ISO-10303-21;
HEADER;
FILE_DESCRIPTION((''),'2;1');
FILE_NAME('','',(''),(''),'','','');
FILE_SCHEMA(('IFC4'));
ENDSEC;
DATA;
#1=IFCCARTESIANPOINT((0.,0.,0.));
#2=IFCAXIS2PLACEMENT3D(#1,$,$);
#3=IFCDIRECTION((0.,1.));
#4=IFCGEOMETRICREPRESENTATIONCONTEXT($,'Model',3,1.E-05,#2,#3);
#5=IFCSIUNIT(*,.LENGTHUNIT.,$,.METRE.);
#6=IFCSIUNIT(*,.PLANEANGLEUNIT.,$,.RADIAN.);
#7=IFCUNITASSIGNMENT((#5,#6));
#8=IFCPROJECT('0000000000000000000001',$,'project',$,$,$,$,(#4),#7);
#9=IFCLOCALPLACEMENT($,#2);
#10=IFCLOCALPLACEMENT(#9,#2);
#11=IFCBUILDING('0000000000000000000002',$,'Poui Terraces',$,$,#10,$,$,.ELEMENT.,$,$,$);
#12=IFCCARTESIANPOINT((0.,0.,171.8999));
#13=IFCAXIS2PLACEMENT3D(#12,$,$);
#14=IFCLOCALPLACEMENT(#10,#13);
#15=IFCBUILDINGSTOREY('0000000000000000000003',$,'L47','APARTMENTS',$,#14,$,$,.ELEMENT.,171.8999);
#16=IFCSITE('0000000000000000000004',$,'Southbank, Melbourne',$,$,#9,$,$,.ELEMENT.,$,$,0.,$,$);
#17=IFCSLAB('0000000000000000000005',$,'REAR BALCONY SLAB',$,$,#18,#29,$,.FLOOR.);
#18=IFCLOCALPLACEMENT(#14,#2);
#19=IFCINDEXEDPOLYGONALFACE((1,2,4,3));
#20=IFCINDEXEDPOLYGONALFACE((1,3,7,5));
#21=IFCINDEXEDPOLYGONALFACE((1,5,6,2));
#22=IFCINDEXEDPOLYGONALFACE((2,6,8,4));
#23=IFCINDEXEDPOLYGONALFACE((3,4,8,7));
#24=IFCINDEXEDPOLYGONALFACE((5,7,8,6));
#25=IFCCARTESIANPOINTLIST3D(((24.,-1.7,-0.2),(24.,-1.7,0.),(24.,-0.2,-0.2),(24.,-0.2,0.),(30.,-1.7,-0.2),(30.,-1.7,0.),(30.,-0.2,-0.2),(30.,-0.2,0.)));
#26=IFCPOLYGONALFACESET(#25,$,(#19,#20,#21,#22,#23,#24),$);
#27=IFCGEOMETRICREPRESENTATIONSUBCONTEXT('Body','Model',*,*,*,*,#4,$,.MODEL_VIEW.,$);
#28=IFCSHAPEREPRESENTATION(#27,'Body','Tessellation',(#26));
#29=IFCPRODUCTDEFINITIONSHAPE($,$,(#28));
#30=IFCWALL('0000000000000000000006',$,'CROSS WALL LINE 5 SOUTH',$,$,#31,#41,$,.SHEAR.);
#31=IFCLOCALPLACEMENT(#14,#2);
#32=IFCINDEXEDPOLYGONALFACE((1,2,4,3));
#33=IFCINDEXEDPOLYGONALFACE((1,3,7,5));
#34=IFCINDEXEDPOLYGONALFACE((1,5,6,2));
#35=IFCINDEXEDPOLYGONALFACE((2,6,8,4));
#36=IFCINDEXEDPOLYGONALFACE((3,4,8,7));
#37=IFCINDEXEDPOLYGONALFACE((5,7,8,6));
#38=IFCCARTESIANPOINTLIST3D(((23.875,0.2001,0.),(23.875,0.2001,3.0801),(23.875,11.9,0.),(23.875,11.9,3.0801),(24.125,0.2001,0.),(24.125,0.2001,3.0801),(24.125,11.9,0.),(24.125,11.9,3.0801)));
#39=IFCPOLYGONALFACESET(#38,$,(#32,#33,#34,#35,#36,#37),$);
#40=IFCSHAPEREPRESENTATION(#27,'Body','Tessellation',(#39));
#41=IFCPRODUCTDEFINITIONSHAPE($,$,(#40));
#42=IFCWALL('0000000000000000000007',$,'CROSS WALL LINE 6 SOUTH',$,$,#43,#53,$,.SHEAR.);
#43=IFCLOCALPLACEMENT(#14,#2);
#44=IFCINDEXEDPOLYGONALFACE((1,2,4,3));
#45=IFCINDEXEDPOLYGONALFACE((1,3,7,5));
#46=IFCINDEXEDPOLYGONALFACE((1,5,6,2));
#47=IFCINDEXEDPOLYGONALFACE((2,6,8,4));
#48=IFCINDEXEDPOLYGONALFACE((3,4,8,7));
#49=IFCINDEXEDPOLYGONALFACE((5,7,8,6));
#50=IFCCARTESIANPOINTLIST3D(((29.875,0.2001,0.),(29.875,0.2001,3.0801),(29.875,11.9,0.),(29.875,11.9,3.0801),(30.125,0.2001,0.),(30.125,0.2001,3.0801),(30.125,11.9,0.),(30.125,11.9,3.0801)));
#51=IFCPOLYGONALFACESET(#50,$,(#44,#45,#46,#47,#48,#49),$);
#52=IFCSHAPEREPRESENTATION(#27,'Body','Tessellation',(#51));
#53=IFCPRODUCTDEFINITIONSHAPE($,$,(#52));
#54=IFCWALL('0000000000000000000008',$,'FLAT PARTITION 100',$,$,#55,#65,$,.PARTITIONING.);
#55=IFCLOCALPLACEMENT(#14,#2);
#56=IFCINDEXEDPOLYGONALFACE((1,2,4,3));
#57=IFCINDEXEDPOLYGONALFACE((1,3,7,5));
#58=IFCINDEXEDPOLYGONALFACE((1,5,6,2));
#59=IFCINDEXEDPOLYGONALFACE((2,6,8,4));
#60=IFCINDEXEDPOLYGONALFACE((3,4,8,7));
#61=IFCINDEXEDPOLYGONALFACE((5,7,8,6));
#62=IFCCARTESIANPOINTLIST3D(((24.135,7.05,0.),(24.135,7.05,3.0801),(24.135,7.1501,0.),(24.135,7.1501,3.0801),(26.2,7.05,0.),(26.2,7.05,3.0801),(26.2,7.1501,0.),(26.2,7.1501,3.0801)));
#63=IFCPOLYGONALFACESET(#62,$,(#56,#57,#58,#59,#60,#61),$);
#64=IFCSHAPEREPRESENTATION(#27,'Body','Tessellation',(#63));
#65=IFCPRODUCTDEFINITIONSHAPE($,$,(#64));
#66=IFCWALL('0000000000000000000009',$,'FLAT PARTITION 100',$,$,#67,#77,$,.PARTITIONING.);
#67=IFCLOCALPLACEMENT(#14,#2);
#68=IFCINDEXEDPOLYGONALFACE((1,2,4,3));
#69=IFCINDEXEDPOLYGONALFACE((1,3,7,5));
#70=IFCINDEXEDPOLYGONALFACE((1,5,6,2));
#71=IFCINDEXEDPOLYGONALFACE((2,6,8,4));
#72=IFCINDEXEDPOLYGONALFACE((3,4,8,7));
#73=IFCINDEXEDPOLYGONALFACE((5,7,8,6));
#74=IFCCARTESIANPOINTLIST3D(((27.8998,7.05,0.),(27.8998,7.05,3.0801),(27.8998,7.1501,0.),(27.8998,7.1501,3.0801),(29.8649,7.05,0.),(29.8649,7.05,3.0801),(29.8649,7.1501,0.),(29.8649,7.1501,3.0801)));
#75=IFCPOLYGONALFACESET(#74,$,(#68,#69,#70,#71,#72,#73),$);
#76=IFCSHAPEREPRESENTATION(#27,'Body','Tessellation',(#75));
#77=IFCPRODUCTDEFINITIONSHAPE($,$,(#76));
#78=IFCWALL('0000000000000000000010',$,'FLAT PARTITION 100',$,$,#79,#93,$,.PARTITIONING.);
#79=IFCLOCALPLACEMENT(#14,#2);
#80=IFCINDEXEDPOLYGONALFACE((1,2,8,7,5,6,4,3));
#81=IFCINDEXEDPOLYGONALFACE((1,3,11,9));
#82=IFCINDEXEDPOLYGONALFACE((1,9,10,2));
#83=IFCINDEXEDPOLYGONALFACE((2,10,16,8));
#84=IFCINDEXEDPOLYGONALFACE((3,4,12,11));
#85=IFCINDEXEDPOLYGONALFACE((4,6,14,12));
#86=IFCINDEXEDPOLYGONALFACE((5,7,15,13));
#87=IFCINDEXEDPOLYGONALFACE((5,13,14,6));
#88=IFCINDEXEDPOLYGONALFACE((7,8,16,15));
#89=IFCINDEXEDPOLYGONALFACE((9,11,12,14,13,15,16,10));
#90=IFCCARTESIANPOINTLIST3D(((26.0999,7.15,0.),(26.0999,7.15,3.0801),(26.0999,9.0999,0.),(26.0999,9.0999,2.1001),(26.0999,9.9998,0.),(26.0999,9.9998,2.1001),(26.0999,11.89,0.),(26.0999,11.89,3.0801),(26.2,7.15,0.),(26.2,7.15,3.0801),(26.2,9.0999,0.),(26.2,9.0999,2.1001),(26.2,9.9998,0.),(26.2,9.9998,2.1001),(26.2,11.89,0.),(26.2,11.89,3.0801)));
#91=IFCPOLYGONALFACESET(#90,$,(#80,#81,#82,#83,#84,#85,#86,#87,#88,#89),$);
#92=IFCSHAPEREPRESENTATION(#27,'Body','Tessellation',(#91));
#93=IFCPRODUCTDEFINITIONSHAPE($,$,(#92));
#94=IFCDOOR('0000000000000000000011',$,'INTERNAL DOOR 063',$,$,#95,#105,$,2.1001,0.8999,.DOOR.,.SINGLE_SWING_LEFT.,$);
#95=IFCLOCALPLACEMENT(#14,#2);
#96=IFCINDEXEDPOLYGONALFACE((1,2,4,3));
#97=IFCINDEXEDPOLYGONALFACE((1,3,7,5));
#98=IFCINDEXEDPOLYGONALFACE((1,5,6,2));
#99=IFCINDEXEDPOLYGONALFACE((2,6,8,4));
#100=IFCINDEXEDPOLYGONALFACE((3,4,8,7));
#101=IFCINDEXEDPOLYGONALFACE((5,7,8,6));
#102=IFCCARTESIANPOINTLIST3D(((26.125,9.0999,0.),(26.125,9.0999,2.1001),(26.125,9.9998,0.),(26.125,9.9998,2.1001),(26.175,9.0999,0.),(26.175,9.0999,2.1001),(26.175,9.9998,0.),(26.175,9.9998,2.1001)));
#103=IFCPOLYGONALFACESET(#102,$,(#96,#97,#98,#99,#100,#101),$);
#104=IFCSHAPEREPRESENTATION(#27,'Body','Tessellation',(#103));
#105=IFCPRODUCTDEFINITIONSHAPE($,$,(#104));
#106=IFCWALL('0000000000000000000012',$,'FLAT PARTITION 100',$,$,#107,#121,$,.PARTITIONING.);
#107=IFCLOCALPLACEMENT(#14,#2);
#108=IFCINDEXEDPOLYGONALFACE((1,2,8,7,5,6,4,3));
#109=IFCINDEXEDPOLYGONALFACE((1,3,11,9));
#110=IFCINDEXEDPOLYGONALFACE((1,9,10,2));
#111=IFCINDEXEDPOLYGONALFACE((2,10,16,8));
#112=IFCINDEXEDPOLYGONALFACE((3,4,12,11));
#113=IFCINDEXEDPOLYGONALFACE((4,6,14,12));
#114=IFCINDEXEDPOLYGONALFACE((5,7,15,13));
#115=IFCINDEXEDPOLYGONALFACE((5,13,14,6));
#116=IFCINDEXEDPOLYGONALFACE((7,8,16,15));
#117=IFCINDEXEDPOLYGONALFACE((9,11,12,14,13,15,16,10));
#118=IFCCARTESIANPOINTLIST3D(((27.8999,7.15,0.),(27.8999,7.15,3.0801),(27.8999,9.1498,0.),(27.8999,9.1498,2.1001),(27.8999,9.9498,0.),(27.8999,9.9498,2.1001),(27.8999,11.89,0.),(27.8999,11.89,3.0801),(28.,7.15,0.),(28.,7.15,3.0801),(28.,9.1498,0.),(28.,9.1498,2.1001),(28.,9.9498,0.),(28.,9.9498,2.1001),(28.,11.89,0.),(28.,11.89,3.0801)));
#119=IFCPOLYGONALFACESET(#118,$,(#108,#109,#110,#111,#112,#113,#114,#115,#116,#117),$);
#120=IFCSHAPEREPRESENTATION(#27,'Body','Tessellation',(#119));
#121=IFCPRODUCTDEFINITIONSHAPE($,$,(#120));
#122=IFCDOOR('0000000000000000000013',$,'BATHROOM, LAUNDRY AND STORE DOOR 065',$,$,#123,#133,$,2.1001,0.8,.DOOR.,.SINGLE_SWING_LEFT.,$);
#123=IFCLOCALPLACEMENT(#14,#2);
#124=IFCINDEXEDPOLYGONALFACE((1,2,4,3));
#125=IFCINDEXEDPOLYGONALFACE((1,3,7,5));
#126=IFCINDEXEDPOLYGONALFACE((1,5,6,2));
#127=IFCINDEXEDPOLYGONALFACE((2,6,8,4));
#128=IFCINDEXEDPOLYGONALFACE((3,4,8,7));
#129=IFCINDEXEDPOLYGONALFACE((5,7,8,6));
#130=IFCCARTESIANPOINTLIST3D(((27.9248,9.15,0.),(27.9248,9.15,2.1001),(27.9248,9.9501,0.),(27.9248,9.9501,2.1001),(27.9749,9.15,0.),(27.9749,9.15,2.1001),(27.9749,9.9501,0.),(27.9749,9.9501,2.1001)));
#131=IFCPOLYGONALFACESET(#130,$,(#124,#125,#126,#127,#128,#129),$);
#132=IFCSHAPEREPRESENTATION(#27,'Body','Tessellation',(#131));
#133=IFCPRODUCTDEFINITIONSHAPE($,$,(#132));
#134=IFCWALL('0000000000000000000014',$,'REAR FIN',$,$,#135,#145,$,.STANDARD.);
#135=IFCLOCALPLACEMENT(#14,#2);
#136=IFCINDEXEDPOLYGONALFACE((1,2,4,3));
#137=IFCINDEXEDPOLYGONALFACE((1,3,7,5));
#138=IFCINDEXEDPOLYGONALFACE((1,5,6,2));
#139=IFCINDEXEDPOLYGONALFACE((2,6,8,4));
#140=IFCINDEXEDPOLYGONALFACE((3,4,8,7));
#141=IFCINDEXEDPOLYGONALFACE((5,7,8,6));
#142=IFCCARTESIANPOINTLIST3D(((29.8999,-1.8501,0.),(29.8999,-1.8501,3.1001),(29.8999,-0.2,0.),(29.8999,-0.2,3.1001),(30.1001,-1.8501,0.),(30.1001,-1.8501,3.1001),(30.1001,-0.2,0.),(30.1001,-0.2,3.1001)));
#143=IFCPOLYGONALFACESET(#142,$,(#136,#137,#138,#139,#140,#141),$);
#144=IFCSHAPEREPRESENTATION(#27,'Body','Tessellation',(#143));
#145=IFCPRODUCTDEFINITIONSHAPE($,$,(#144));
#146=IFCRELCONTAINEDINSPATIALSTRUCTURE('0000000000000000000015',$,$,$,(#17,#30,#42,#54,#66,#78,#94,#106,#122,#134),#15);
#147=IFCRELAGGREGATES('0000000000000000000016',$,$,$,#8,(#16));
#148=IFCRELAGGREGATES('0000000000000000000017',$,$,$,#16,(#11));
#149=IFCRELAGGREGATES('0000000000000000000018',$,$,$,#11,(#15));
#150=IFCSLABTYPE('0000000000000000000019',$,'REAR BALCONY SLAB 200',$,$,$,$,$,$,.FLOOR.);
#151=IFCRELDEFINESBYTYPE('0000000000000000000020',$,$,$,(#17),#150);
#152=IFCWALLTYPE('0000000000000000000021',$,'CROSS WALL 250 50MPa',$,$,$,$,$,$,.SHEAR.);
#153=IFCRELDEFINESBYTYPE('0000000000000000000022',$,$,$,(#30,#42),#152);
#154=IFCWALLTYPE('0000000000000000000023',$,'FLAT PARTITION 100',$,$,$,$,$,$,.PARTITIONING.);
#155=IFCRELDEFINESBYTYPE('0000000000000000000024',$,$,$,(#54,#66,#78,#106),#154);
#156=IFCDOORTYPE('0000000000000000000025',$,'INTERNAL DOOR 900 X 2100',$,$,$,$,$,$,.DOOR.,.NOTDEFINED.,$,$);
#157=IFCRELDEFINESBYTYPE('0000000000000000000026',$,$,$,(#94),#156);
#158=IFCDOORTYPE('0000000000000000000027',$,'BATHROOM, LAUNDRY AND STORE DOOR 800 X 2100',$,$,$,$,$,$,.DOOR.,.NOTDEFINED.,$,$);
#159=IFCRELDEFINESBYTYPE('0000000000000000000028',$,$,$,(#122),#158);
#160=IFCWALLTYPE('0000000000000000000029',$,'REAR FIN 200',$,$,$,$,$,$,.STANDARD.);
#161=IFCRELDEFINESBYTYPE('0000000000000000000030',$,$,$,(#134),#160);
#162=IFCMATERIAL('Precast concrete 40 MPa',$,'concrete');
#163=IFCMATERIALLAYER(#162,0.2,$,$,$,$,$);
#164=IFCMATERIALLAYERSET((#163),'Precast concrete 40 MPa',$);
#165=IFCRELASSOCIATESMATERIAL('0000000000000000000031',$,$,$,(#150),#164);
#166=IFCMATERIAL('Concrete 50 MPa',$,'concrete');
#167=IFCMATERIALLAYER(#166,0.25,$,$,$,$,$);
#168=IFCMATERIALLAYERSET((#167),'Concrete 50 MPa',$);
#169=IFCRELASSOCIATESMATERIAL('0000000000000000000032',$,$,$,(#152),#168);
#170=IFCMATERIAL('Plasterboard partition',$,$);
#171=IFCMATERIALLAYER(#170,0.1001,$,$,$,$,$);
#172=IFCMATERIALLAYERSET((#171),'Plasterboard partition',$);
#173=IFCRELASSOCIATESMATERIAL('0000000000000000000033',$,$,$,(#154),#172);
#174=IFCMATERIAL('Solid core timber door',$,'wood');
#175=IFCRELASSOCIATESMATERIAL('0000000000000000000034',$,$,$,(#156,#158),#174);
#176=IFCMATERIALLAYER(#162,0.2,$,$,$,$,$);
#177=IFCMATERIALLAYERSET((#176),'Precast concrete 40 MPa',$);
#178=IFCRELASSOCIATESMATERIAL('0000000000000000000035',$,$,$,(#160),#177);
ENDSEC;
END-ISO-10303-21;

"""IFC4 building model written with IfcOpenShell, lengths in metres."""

from ifc_helpers import new_model, si_unit, direction, frame, frame_2d, origin, place, context, subcontext, project, spatial, polyline, rectangle, outline, extrude, source, transform, mapped, material, layer, layer_set, type_object, element, fill, save


model = new_model("IFC4")

# Units and contexts
model_context = context("Model", 3, precision=1e-05, world=origin(), true_north=direction((0.0, 1.0)))
body_context = subcontext(model_context, "Body", "Model", "MODEL_VIEW")
ifc_project = project(units=[si_unit("LENGTHUNIT", "METRE"), si_unit("PLANEANGLEUNIT", "RADIAN")], contexts=[model_context])

# Site, building, storey
site_placement = place(None, origin())
site = spatial("IfcSite", under=ifc_project, at=site_placement, Name="Southbank, Melbourne", CompositionType="ELEMENT", RefElevation=0.0)
building_placement = place(site_placement, origin())
building = spatial("IfcBuilding", under=site, at=building_placement, Name="Poui Terraces", CompositionType="ELEMENT")
storey_placement = place(building_placement, frame((0.0, 0.0, 171.8999)))
storey = spatial("IfcBuildingStorey", under=building, at=storey_placement, Name="L47", Description="APARTMENTS", CompositionType="ELEMENT", Elevation=171.8999)

# Slab
ifc_material_1 = material(Name="Precast concrete 40 MPa", Category="concrete")
ifc_layer_1 = layer(ifc_material_1, 0.2)
ifc_layer_set_1 = layer_set([ifc_layer_1], Name="Precast concrete 40 MPa")
slab_type = type_object("IfcSlabType", Name="REAR BALCONY SLAB 200", PredefinedType="FLOOR", material=ifc_layer_set_1)
shared_shape_1 = source(origin(), body_context, "Body", "SweptSolid", [
    extrude(outline(polyline([(0.0, 0.0), (6.0, 0.0), (6.0, 1.5), (0.0, 1.5), (0.0, 0.0)])), origin(), (0.0, 0.0, 1.0), 0.2),
])
slab_placement = place(storey_placement, frame((24.0, -1.7, -0.2)))
element("IfcSlab", 1, at=slab_placement, inside=storey, type_object=slab_type, Name="REAR BALCONY SLAB", PredefinedType="FLOOR", context=body_context, shape_type="MappedRepresentation", body=[
    mapped(shared_shape_1, transform((0.0, 0.0, 0.0))),
])

# Walls
ifc_material_2 = material(Name="Concrete 50 MPa", Category="concrete")
ifc_layer_2 = layer(ifc_material_2, 0.25)
ifc_layer_set_2 = layer_set([ifc_layer_2], Name="Concrete 50 MPa")
wall_type_1 = type_object("IfcWallType", Name="CROSS WALL 250 50MPa", PredefinedType="SHEAR", material=ifc_layer_set_2)
for number, where, z_axis, x_axis, name in (
    (2, (24.0, 0.2, 0.0), (0.0, 0.0, 1.0), (0.0, 1.0, 0.0), "CROSS WALL LINE 5 SOUTH"),
    (3, (30.0, 0.2, 0.0), (0.0, 0.0, 1.0), (0.0, 1.0, 0.0), "CROSS WALL LINE 6 SOUTH"),
):
    element("IfcWall", number, at=place(storey_placement, frame(where, z_axis=z_axis, x_axis=x_axis)), inside=storey, type_object=wall_type_1, Name=name, PredefinedType="SHEAR", context=body_context, shape_type="SweptSolid", body=[
        extrude(rectangle(XDim=11.7, YDim=0.25, at=frame_2d((5.8501, 0.0))), origin(), (0.0, 0.0, 1.0), 3.0801),
    ])
ifc_material_3 = material(Name="Plasterboard partition")
ifc_layer_3 = layer(ifc_material_3, 0.1001)
ifc_layer_set_3 = layer_set([ifc_layer_3], Name="Plasterboard partition")
wall_type_2 = type_object("IfcWallType", Name="FLAT PARTITION 100", PredefinedType="PARTITIONING", material=ifc_layer_set_3)
wall_1_placement = place(storey_placement, frame((24.135, 7.1001, 0.0), z_axis=(0.0, 0.0, 1.0), x_axis=(1.0, 0.0, 0.0)))
element("IfcWall", 4, at=wall_1_placement, inside=storey, type_object=wall_type_2, Name="FLAT PARTITION 100", PredefinedType="PARTITIONING", context=body_context, shape_type="SweptSolid", body=[
    extrude(rectangle(XDim=2.0649, YDim=0.1001, at=frame_2d((1.0325, 0.0))), origin(), (0.0, 0.0, 1.0), 3.0801),
])
wall_2_placement = place(storey_placement, frame((27.8999, 7.1001, 0.0), z_axis=(0.0, 0.0, 1.0), x_axis=(1.0, 0.0, 0.0)))
element("IfcWall", 5, at=wall_2_placement, inside=storey, type_object=wall_type_2, Name="FLAT PARTITION 100", PredefinedType="PARTITIONING", context=body_context, shape_type="SweptSolid", body=[
    extrude(rectangle(XDim=1.9651, YDim=0.1001, at=frame_2d((0.9824, 0.0))), origin(), (0.0, 0.0, 1.0), 3.0801),
])

# Walls, openings, doors
wall_3_placement = place(storey_placement, frame((26.1499, 7.1499, 0.0), z_axis=(0.0, 0.0, 1.0), x_axis=(0.0, 1.0, 0.0)))
wall_3 = element("IfcWall", 6, at=wall_3_placement, inside=storey, type_object=wall_type_2, Name="FLAT PARTITION 100", PredefinedType="PARTITIONING", context=body_context, shape_type="SweptSolid", body=[
    extrude(rectangle(XDim=4.74, YDim=0.1001, at=frame_2d((2.3701, 0.0))), origin(), (0.0, 0.0, 1.0), 3.0801),
])
opening_1_placement = place(wall_3_placement, frame((1.95, 0.0, 0.0)))
opening_1 = element("IfcOpeningElement", 7, at=opening_1_placement, cuts=wall_3, PredefinedType="OPENING", context=body_context, shape_type="SweptSolid", body=[
    extrude(rectangle(XDim=0.8999, YDim=2.1001, at=frame_2d((0.45, 1.05))), frame((0.0, 0.0601, 0.0), z_axis=(0.0, -1.0, 0.0), x_axis=(1.0, 0.0, 0.0)), (0.0, 0.0, 1.0), 0.1201),
])
ifc_material_4 = material(Name="Solid core timber door", Category="wood")
door_type_1 = type_object("IfcDoorType", Name="INTERNAL DOOR 900 X 2100", OperationType="NOTDEFINED", PredefinedType="DOOR", material=ifc_material_4)
door_1_placement = place(opening_1_placement, origin())
door_1 = element("IfcDoor", 8, at=door_1_placement, inside=storey, type_object=door_type_1, Name="INTERNAL DOOR 063", OperationType="SINGLE_SWING_LEFT", OverallHeight=2.1001, OverallWidth=0.8999, PredefinedType="DOOR", context=body_context, shape_type="SweptSolid", body=[
    extrude(rectangle(XDim=0.8999, YDim=2.1001, at=frame_2d((0.45, 1.05))), frame((0.0, 0.0249, 0.0), z_axis=(0.0, -1.0, 0.0), x_axis=(1.0, 0.0, 0.0)), (0.0, 0.0, 1.0), 0.05),
])
fill(opening_1, door_1)
wall_4_placement = place(storey_placement, frame((27.95, 7.1499, 0.0), z_axis=(0.0, 0.0, 1.0), x_axis=(0.0, 1.0, 0.0)))
wall_4 = element("IfcWall", 9, at=wall_4_placement, inside=storey, type_object=wall_type_2, Name="FLAT PARTITION 100", PredefinedType="PARTITIONING", context=body_context, shape_type="SweptSolid", body=[
    extrude(rectangle(XDim=4.74, YDim=0.1001, at=frame_2d((2.3701, 0.0))), origin(), (0.0, 0.0, 1.0), 3.0801),
])
opening_2_placement = place(wall_4_placement, frame((2.0, 0.0, 0.0)))
opening_2 = element("IfcOpeningElement", 10, at=opening_2_placement, cuts=wall_4, PredefinedType="OPENING", context=body_context, shape_type="SweptSolid", body=[
    extrude(rectangle(XDim=0.8, YDim=2.1001, at=frame_2d((0.3999, 1.05))), frame((0.0, 0.0601, 0.0), z_axis=(0.0, -1.0, 0.0), x_axis=(1.0, 0.0, 0.0)), (0.0, 0.0, 1.0), 0.1201),
])
door_type_2 = type_object("IfcDoorType", Name="BATHROOM, LAUNDRY AND STORE DOOR 800 X 2100", OperationType="NOTDEFINED", PredefinedType="DOOR", material=ifc_material_4)
door_2_placement = place(opening_2_placement, frame((0.8, 0.0, 0.0), z_axis=(0.0, 0.0, 1.0), x_axis=(-1.0, 0.0, 0.0)))
door_2 = element("IfcDoor", 11, at=door_2_placement, inside=storey, type_object=door_type_2, Name="BATHROOM, LAUNDRY AND STORE DOOR 065", OperationType="SINGLE_SWING_LEFT", OverallHeight=2.1001, OverallWidth=0.8, PredefinedType="DOOR", context=body_context, shape_type="SweptSolid", body=[
    extrude(rectangle(XDim=0.8, YDim=2.1001, at=frame_2d((0.3999, 1.05))), frame((0.0, 0.0249, 0.0), z_axis=(0.0, -1.0, 0.0), x_axis=(1.0, 0.0, 0.0)), (0.0, 0.0, 1.0), 0.05),
])
fill(opening_2, door_2)

# Wall
ifc_layer_4 = layer(ifc_material_1, 0.2)
ifc_layer_set_4 = layer_set([ifc_layer_4], Name="Precast concrete 40 MPa")
wall_type_3 = type_object("IfcWallType", Name="REAR FIN 200", PredefinedType="STANDARD", material=ifc_layer_set_4)
shared_shape_2 = source(origin(), body_context, "Body", "SweptSolid", [
    extrude(outline(polyline([(0.0, 0.0), (0.2002, 0.0), (0.2002, 1.6501), (0.0, 1.6501), (0.0, 0.0)])), origin(), (0.0, 0.0, 1.0), 3.1001),
])
wall_5_placement = place(storey_placement, frame((29.8999, -1.8501, 0.0)))
element("IfcWall", 12, at=wall_5_placement, inside=storey, type_object=wall_type_3, Name="REAR FIN", PredefinedType="STANDARD", context=body_context, shape_type="MappedRepresentation", body=[
    mapped(shared_shape_2, transform((0.0, 0.0, 0.0))),
])

save(model, "model.ifc")
